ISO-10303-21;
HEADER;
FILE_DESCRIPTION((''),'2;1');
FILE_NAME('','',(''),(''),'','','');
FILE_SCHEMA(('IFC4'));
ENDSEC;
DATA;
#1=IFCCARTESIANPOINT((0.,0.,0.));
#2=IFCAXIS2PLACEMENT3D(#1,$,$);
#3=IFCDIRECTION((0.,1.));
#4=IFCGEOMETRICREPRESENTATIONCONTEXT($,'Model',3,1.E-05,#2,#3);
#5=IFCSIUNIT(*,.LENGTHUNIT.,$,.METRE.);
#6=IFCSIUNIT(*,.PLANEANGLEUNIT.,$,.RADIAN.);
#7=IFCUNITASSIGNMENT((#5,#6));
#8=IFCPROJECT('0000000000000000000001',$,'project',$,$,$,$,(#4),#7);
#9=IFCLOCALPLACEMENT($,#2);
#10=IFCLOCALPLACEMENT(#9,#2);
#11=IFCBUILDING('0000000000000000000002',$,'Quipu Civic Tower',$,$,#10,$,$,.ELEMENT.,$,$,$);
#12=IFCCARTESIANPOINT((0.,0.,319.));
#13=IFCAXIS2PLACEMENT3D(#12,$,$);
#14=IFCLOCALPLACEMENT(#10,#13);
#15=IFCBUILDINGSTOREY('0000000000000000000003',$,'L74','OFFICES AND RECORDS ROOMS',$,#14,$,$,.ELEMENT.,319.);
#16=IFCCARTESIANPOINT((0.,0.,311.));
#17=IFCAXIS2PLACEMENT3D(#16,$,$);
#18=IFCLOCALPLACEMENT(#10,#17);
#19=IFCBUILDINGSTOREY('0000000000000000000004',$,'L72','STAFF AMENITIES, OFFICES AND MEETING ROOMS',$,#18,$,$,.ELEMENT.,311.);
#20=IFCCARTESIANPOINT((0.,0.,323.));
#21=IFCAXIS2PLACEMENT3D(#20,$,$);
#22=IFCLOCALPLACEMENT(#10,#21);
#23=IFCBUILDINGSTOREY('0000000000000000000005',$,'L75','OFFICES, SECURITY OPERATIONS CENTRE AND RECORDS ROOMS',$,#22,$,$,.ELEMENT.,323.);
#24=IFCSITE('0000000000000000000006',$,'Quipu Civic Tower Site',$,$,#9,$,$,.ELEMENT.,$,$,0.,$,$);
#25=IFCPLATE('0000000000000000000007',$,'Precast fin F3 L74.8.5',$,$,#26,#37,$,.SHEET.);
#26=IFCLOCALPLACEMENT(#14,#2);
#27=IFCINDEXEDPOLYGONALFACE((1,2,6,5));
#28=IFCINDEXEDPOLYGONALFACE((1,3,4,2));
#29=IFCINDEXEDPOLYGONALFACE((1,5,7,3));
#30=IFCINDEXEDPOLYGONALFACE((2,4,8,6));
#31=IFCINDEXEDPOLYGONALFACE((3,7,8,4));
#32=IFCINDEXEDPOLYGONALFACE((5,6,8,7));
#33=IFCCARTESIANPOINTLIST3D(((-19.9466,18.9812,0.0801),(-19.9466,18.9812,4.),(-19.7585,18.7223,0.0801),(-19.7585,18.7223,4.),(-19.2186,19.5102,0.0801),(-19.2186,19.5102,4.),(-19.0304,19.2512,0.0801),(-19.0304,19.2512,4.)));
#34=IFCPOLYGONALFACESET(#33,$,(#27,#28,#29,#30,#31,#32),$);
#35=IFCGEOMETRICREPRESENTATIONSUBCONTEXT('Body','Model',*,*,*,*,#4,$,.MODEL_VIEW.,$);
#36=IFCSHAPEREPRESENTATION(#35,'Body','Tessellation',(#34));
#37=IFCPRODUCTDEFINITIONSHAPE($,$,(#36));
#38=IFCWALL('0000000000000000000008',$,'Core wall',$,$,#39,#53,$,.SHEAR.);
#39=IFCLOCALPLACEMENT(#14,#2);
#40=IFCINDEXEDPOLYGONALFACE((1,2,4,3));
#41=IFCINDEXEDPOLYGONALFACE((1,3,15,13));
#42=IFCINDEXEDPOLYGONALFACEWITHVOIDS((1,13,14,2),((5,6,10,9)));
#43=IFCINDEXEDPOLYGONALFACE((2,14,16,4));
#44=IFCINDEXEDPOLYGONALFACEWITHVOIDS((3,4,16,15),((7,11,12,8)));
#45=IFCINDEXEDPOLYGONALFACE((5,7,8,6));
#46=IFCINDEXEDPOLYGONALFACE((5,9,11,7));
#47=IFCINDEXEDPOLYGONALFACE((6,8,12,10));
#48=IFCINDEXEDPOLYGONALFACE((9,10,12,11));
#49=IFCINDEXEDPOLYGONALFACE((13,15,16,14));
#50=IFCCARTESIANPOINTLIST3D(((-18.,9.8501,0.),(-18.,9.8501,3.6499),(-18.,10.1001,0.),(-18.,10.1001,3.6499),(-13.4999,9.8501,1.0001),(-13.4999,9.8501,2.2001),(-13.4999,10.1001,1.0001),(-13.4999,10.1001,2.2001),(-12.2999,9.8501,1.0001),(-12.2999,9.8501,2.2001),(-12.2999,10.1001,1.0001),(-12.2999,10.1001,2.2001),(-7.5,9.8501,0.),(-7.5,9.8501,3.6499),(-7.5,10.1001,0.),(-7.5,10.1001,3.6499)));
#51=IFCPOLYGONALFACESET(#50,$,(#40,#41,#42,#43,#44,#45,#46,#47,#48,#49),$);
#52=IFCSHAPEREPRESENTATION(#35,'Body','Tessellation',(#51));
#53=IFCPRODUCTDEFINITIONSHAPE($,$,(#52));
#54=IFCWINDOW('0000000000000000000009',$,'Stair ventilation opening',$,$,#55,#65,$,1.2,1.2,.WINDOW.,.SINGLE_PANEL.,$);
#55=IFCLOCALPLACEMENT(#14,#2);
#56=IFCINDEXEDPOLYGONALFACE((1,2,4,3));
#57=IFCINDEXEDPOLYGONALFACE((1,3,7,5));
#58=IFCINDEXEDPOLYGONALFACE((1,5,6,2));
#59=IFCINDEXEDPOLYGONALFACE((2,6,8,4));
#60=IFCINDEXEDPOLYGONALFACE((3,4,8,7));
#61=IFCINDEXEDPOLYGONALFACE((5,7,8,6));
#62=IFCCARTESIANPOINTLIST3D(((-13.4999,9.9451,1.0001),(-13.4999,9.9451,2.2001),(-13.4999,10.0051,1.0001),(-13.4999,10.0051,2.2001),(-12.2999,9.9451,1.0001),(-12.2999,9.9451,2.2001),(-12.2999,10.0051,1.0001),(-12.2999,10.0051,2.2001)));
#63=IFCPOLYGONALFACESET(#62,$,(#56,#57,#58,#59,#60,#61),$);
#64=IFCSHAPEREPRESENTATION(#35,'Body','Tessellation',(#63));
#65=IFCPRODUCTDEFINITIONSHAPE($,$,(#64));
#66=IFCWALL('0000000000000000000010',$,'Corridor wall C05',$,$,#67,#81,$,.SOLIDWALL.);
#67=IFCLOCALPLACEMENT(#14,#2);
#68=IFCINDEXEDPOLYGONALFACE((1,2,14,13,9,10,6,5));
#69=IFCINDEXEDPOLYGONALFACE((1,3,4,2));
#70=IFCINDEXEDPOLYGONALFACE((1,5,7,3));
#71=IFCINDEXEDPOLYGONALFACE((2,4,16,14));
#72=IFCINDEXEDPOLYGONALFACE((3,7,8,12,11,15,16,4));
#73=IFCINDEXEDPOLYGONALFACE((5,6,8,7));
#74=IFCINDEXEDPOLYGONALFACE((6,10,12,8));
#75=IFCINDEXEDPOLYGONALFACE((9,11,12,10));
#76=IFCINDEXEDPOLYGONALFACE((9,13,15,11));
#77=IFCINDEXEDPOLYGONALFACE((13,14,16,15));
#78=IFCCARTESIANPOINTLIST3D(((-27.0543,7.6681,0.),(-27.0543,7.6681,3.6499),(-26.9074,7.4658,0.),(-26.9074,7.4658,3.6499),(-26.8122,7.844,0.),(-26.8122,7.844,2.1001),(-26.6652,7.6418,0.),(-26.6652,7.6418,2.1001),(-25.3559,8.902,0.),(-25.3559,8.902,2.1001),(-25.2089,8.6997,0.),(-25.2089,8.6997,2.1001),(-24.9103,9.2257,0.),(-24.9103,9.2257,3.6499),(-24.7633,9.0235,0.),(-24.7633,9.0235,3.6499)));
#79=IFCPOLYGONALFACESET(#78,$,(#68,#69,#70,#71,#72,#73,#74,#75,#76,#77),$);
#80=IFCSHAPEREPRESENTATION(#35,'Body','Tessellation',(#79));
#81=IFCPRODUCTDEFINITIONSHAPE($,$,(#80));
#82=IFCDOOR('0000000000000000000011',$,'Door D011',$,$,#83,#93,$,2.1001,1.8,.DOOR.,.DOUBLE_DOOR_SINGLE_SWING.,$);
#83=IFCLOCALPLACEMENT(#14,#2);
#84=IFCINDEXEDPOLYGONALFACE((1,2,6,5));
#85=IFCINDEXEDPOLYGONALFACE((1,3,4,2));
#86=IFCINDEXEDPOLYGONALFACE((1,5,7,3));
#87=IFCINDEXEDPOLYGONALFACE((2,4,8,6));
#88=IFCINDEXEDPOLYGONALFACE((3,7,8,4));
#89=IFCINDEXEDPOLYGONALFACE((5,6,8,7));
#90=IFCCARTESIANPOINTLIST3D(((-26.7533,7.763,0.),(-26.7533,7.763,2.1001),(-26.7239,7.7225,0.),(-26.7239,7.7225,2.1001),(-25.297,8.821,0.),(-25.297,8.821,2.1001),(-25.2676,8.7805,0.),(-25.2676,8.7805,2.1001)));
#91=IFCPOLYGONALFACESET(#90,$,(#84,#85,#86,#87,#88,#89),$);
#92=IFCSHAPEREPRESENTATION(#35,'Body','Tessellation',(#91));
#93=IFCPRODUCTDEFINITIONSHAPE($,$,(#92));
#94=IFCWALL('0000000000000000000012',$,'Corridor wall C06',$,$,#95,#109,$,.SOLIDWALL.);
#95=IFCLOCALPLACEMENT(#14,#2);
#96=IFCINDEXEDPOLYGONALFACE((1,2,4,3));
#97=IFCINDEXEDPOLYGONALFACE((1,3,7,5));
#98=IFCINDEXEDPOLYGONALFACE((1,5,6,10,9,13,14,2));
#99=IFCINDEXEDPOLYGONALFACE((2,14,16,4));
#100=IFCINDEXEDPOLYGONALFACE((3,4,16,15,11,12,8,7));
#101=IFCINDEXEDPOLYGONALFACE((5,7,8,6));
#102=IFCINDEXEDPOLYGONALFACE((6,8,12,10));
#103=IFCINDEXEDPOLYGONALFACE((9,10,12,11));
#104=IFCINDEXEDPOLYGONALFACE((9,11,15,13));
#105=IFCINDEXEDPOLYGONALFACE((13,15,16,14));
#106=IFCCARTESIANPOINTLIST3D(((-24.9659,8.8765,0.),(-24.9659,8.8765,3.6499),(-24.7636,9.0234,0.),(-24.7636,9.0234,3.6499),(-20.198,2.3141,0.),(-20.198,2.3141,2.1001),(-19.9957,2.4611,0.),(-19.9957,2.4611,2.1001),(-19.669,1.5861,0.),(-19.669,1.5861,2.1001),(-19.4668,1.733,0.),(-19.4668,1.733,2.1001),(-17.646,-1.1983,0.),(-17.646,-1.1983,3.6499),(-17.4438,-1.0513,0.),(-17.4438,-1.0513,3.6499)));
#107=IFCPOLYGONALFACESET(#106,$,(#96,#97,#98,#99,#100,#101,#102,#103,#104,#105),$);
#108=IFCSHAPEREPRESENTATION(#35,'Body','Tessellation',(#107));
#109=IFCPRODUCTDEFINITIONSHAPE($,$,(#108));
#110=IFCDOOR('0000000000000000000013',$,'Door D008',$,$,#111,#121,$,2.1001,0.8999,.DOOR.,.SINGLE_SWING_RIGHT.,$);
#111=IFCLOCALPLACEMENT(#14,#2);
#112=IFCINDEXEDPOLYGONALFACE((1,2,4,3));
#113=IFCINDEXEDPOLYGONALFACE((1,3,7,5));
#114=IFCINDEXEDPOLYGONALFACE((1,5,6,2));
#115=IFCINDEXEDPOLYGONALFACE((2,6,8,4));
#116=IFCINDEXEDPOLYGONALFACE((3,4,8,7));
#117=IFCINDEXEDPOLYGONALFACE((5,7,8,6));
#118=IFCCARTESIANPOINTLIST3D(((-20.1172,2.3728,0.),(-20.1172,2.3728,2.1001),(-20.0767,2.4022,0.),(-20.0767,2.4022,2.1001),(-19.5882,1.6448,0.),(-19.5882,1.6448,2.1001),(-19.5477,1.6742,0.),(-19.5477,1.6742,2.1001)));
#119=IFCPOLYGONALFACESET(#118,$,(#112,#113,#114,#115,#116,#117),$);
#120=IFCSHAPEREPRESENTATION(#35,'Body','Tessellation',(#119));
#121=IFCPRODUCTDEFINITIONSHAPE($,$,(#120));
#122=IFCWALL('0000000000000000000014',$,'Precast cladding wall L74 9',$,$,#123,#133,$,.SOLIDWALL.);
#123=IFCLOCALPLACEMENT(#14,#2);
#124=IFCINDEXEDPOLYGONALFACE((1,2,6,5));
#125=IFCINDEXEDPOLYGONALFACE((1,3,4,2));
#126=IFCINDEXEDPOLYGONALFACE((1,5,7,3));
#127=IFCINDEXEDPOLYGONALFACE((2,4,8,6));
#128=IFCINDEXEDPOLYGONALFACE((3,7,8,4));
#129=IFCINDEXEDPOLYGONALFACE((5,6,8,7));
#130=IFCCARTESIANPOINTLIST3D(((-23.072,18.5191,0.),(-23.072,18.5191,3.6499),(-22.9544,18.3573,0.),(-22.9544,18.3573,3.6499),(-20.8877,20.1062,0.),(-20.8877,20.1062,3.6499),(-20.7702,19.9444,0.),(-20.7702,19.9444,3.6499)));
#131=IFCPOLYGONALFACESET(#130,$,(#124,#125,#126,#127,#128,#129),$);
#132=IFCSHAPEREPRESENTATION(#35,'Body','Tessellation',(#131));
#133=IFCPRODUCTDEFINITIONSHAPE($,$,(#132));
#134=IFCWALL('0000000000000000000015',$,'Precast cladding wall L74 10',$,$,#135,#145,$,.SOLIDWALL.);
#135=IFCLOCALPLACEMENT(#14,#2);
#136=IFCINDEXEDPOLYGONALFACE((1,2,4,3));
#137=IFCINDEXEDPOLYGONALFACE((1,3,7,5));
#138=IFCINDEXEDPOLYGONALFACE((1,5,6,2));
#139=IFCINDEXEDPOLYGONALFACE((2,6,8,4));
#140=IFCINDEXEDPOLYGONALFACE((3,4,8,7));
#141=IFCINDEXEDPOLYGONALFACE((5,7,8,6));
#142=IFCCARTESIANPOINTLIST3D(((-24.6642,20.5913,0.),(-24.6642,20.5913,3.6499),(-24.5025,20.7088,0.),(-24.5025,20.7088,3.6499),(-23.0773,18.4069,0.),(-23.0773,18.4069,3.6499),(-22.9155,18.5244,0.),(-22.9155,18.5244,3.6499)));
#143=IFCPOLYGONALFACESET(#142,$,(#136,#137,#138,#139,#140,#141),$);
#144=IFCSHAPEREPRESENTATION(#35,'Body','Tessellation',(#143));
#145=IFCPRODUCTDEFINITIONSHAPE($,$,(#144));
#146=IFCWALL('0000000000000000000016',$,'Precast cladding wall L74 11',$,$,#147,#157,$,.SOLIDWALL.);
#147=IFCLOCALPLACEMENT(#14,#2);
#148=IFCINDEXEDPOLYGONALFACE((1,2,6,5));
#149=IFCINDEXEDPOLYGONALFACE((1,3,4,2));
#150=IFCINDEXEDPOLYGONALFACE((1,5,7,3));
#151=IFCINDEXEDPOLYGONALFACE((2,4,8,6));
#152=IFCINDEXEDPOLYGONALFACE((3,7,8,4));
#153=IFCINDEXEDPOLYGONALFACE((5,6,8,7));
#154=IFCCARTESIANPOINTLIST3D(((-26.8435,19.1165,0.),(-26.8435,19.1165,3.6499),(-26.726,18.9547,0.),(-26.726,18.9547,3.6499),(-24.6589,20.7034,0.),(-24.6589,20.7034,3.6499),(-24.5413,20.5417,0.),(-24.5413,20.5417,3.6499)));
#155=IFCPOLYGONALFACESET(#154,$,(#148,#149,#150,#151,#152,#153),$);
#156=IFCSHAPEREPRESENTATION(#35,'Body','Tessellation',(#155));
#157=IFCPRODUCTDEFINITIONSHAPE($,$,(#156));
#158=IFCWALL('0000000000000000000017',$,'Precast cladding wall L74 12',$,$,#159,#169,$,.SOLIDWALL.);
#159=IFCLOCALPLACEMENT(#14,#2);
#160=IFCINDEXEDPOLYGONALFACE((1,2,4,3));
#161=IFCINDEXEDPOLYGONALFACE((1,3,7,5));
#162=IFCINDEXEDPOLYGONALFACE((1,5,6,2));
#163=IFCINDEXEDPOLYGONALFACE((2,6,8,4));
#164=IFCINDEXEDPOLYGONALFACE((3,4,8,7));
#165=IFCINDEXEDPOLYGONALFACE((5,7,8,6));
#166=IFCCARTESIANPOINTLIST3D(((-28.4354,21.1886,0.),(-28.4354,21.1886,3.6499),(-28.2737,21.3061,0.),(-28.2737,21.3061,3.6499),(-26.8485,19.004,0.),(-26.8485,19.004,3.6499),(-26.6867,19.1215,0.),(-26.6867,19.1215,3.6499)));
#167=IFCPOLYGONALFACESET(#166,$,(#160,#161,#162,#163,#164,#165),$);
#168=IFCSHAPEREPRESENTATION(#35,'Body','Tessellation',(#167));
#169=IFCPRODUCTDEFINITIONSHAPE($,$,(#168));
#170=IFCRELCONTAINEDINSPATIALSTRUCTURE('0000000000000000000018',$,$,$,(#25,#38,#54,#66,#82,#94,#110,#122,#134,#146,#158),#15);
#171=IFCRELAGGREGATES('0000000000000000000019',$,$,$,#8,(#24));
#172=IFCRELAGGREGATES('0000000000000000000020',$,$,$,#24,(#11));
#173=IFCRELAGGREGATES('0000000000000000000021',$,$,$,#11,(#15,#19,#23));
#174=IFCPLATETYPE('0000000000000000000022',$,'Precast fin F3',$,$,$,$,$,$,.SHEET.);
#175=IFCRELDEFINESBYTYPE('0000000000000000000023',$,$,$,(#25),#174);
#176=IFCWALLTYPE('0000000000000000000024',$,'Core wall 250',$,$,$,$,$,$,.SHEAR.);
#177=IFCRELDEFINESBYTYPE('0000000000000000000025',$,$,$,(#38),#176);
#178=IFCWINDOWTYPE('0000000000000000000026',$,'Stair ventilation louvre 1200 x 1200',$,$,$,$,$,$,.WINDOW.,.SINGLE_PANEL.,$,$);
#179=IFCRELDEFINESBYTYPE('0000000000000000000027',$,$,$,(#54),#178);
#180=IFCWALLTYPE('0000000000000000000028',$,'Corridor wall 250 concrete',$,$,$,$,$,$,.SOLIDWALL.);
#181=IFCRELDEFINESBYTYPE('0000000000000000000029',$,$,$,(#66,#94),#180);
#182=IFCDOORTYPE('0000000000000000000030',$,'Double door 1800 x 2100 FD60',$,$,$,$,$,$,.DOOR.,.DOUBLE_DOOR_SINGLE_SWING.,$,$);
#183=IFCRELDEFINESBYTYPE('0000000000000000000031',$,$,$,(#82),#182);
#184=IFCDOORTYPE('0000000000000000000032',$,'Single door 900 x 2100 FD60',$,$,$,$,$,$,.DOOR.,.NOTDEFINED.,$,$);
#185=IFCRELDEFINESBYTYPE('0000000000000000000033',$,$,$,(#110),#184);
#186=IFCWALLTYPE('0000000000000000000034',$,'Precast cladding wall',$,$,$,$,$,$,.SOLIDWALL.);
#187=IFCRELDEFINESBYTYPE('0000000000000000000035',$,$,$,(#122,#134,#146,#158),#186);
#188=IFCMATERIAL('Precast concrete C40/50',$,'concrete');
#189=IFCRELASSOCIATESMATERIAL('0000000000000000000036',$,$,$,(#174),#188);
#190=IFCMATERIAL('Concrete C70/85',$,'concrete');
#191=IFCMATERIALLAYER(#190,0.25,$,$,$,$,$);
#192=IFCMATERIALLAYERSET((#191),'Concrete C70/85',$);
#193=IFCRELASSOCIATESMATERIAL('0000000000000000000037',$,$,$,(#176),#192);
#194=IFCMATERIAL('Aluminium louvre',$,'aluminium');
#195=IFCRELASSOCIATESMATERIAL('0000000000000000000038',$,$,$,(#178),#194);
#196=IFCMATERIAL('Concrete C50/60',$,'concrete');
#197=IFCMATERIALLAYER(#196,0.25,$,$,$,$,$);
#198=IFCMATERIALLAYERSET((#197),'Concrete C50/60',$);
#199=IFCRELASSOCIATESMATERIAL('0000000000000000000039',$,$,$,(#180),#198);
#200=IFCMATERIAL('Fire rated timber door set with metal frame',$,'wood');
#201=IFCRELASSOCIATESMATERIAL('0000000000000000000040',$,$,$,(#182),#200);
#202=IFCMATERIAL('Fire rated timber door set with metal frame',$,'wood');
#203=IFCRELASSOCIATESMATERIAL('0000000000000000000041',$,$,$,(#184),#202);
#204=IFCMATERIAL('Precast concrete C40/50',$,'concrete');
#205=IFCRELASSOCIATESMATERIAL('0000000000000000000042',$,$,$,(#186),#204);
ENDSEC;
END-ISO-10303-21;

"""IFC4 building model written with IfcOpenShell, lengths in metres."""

from ifc_helpers import new_model, si_unit, direction, frame, frame_2d, origin, origin_2d, place, context, subcontext, project, spatial, rectangle, extrude, material, layer, layer_set, type_object, element, fill, save


model = new_model("IFC4")

# Units and contexts
model_context = context("Model", 3, precision=1e-05, world=origin(), true_north=direction((0.0, 1.0)))
body_context = subcontext(model_context, "Body", "Model", "MODEL_VIEW")
ifc_project = project(units=[si_unit("LENGTHUNIT", "METRE"), si_unit("PLANEANGLEUNIT", "RADIAN")], contexts=[model_context])

# Site, building, storey
site_placement = place(None, origin())
site = spatial("IfcSite", under=ifc_project, at=site_placement, Name="Quipu Civic Tower Site", CompositionType="ELEMENT", RefElevation=0.0)
building_placement = place(site_placement, origin())
building = spatial("IfcBuilding", under=site, at=building_placement, Name="Quipu Civic Tower", CompositionType="ELEMENT")
storey_1_placement = place(building_placement, frame((0.0, 0.0, 319.0)))
storey_1 = spatial("IfcBuildingStorey", under=building, at=storey_1_placement, Name="L74", Description="OFFICES AND RECORDS ROOMS", CompositionType="ELEMENT", Elevation=319.0)

# Shared definitions
storey_2_placement = place(building_placement, frame((0.0, 0.0, 311.0)))
storey_2 = spatial("IfcBuildingStorey", under=building, at=storey_2_placement, Name="L72", Description="STAFF AMENITIES, OFFICES AND MEETING ROOMS", CompositionType="ELEMENT", Elevation=311.0)

# Shared definitions
storey_3_placement = place(building_placement, frame((0.0, 0.0, 323.0)))
storey_3 = spatial("IfcBuildingStorey", under=building, at=storey_3_placement, Name="L75", Description="OFFICES, SECURITY OPERATIONS CENTRE AND RECORDS ROOMS", CompositionType="ELEMENT", Elevation=323.0)

# Plate
ifc_material_1 = material(Name="Precast concrete C40/50", Category="concrete")
plate_type_1 = type_object("IfcPlateType", Name="Precast fin F3", PredefinedType="SHEET", material=ifc_material_1)
for number, where, z_axis, x_axis, name in (
    (1, (-19.4885, 19.1162, 0.0801), (0.0, 0.0, 1.0), (-0.587784, 0.809018, 0.0), "Precast fin F3 L74.8.5"),
):
    element("IfcPlate", number, at=place(storey_1_placement, frame(where, z_axis=z_axis, x_axis=x_axis)), inside=storey_1, type_object=plate_type_1, Name=name, PredefinedType="SHEET", context=body_context, shape_type="SweptSolid", body=[
        extrude(rectangle(XDim=0.3201, YDim=0.8999, at=origin_2d()), origin(), (0.0, 0.0, 1.0), 3.9199),
    ])

# Wall, opening, window
ifc_material_2 = material(Name="Concrete C70/85", Category="concrete")
ifc_layer_1 = layer(ifc_material_2, 0.25)
ifc_layer_set_1 = layer_set([ifc_layer_1], Name="Concrete C70/85")
wall_type_1 = type_object("IfcWallType", Name="Core wall 250", PredefinedType="SHEAR", material=ifc_layer_set_1)
wall_1_placement = place(storey_1_placement, frame((-18.0, 9.9751, 0.0), z_axis=(0.0, 0.0, 1.0), x_axis=(1.0, 0.0, 0.0)))
wall_1 = element("IfcWall", 2, at=wall_1_placement, inside=storey_1, type_object=wall_type_1, Name="Core wall", PredefinedType="SHEAR", context=body_context, shape_type="SweptSolid", body=[
    extrude(rectangle(XDim=10.5, YDim=0.25, at=frame_2d((5.25, 0.0))), origin(), (0.0, 0.0, 1.0), 3.6499),
])
opening_1_placement = place(wall_1_placement, frame((4.5, 0.0, 1.0)))
opening_1 = element("IfcOpeningElement", 3, at=opening_1_placement, cuts=wall_1, PredefinedType="OPENING", context=body_context, shape_type="SweptSolid", body=[
    extrude(rectangle(XDim=1.2, YDim=1.2, at=frame_2d((0.6001, 0.6001))), frame((0.0, 0.135, 0.0), z_axis=(0.0, -1.0, 0.0), x_axis=(1.0, 0.0, 0.0)), (0.0, 0.0, 1.0), 0.27),
])
ifc_material_3 = material(Name="Aluminium louvre", Category="aluminium")
window_type = type_object("IfcWindowType", Name="Stair ventilation louvre 1200 x 1200", PartitioningType="SINGLE_PANEL", PredefinedType="WINDOW", material=ifc_material_3)
window_placement = place(opening_1_placement, origin())
window = element("IfcWindow", 4, at=window_placement, inside=storey_1, type_object=window_type, Name="Stair ventilation opening", OverallHeight=1.2, OverallWidth=1.2, PartitioningType="SINGLE_PANEL", PredefinedType="WINDOW", context=body_context, shape_type="SweptSolid", body=[
    extrude(rectangle(XDim=1.2, YDim=1.2, at=frame_2d((0.6001, 0.6001))), frame((0.0, 0.03, 0.0), z_axis=(0.0, -1.0, 0.0), x_axis=(1.0, 0.0, 0.0)), (0.0, 0.0, 1.0), 0.0601),
])
fill(opening_1, window)

# Walls, openings, doors
ifc_material_4 = material(Name="Concrete C50/60", Category="concrete")
ifc_layer_2 = layer(ifc_material_4, 0.25)
ifc_layer_set_2 = layer_set([ifc_layer_2], Name="Concrete C50/60")
wall_type_2 = type_object("IfcWallType", Name="Corridor wall 250 concrete", PredefinedType="SOLIDWALL", material=ifc_layer_set_2)
wall_2_placement = place(storey_1_placement, frame((-26.981, 7.5669, 0.0), z_axis=(0.0, 0.0, 1.0), x_axis=(0.809039, 0.587755, 0.0)))
wall_2 = element("IfcWall", 5, at=wall_2_placement, inside=storey_1, type_object=wall_type_2, Name="Corridor wall C05", PredefinedType="SOLIDWALL", context=body_context, shape_type="SweptSolid", body=[
    extrude(rectangle(XDim=2.6501, YDim=0.25, at=frame_2d((1.3252, 0.0))), origin(), (0.0, 0.0, 1.0), 3.6499),
])
opening_2_placement = place(wall_2_placement, frame((0.2996, 0.0, 0.0)))
opening_2 = element("IfcOpeningElement", 6, at=opening_2_placement, cuts=wall_2, PredefinedType="OPENING", context=body_context, shape_type="SweptSolid", body=[
    extrude(rectangle(XDim=1.8, YDim=2.1001, at=frame_2d((0.8999, 1.05))), frame((0.0, 0.135, 0.0), z_axis=(0.0, -1.0, 0.0), x_axis=(1.0, 0.0, 0.0)), (0.0, 0.0, 1.0), 0.27),
])
ifc_material_5 = material(Name="Fire rated timber door set with metal frame", Category="wood")
door_type_1 = type_object("IfcDoorType", Name="Double door 1800 x 2100 FD60", OperationType="DOUBLE_DOOR_SINGLE_SWING", PredefinedType="DOOR", material=ifc_material_5)
door_1_placement = place(opening_2_placement, origin())
door_1 = element("IfcDoor", 7, at=door_1_placement, inside=storey_1, type_object=door_type_1, Name="Door D011", OperationType="DOUBLE_DOOR_SINGLE_SWING", OverallHeight=2.1001, OverallWidth=1.8, PredefinedType="DOOR", context=body_context, shape_type="SweptSolid", body=[
    extrude(rectangle(XDim=1.8, YDim=2.1001, at=frame_2d((0.8999, 1.05))), frame((0.0, 0.0249, 0.0), z_axis=(0.0, -1.0, 0.0), x_axis=(1.0, 0.0, 0.0)), (0.0, 0.0, 1.0), 0.05),
])
fill(opening_2, door_1)
wall_3_placement = place(storey_1_placement, frame((-24.8647, 8.95, 0.0), z_axis=(0.0, 0.0, 1.0), x_axis=(0.587792, -0.809012, 0.0)))
wall_3 = element("IfcWall", 8, at=wall_3_placement, inside=storey_1, type_object=wall_type_2, Name="Corridor wall C06", PredefinedType="SOLIDWALL", context=body_context, shape_type="SweptSolid", body=[
    extrude(rectangle(XDim=12.4531, YDim=0.25, at=frame_2d((6.2266, 0.0))), origin(), (0.0, 0.0, 1.0), 3.6499),
])
opening_3_placement = place(wall_3_placement, frame((8.1116, 0.0, 0.0)))
opening_3 = element("IfcOpeningElement", 9, at=opening_3_placement, cuts=wall_3, PredefinedType="OPENING", context=body_context, shape_type="SweptSolid", body=[
    extrude(rectangle(XDim=0.8999, YDim=2.1001, at=frame_2d((0.45, 1.05))), frame((0.0, 0.135, 0.0), z_axis=(0.0, -1.0, 0.0), x_axis=(1.0, 0.0, 0.0)), (0.0, 0.0, 1.0), 0.27),
])
ifc_material_6 = material(Name="Fire rated timber door set with metal frame", Category="wood")
door_type_2 = type_object("IfcDoorType", Name="Single door 900 x 2100 FD60", OperationType="NOTDEFINED", PredefinedType="DOOR", material=ifc_material_6)
door_2_placement = place(opening_3_placement, origin())
door_2 = element("IfcDoor", 10, at=door_2_placement, inside=storey_1, type_object=door_type_2, Name="Door D008", OperationType="SINGLE_SWING_RIGHT", OverallHeight=2.1001, OverallWidth=0.8999, PredefinedType="DOOR", context=body_context, shape_type="SweptSolid", body=[
    extrude(rectangle(XDim=0.8999, YDim=2.1001, at=frame_2d((0.45, 1.05))), frame((0.0, 0.0249, 0.0), z_axis=(0.0, -1.0, 0.0), x_axis=(1.0, 0.0, 0.0)), (0.0, 0.0, 1.0), 0.05),
])
fill(opening_3, door_2)

# Walls
ifc_material_7 = material(Name="Precast concrete C40/50", Category="concrete")
wall_type_3 = type_object("IfcWallType", Name="Precast cladding wall", PredefinedType="SOLIDWALL", material=ifc_material_7)
for number, where, z_axis, x_axis, name in (
    (11, (-20.8289, 20.0254, 0.0), (0.0, 0.0, 1.0), (-0.80899, -0.587822, 0.0), "Precast cladding wall L74 9"),
    (12, (-22.9963, 18.4656, 0.0), (0.0, 0.0, 1.0), (-0.587763, 0.809033, 0.0), "Precast cladding wall L74 10"),
):
    element("IfcWall", number, at=place(storey_1_placement, frame(where, z_axis=z_axis, x_axis=x_axis)), inside=storey_1, type_object=wall_type_3, Name=name, PredefinedType="SOLIDWALL", context=body_context, shape_type="SweptSolid", body=[
        extrude(rectangle(XDim=2.7, YDim=0.2, at=frame_2d((1.3501, 0.0))), origin(), (0.0, 0.0, 1.0), 3.6499),
    ])
for number, where, z_axis, x_axis, name in (
    (13, (-24.6001, 20.6226, 0.0), (0.0, 0.0, 1.0), (-0.809064, -0.58772, 0.0), "Precast cladding wall L74 11"),
    (14, (-26.7676, 19.0627, 0.0), (0.0, 0.0, 1.0), (-0.58772, 0.809064, 0.0), "Precast cladding wall L74 12"),
):
    element("IfcWall", number, at=place(storey_1_placement, frame(where, z_axis=z_axis, x_axis=x_axis)), inside=storey_1, type_object=wall_type_3, Name=name, PredefinedType="SOLIDWALL", context=body_context, shape_type="SweptSolid", body=[
        extrude(rectangle(XDim=2.7002, YDim=0.2, at=frame_2d((1.3501, 0.0))), origin(), (0.0, 0.0, 1.0), 3.6499),
    ])

save(model, "model.ifc")
